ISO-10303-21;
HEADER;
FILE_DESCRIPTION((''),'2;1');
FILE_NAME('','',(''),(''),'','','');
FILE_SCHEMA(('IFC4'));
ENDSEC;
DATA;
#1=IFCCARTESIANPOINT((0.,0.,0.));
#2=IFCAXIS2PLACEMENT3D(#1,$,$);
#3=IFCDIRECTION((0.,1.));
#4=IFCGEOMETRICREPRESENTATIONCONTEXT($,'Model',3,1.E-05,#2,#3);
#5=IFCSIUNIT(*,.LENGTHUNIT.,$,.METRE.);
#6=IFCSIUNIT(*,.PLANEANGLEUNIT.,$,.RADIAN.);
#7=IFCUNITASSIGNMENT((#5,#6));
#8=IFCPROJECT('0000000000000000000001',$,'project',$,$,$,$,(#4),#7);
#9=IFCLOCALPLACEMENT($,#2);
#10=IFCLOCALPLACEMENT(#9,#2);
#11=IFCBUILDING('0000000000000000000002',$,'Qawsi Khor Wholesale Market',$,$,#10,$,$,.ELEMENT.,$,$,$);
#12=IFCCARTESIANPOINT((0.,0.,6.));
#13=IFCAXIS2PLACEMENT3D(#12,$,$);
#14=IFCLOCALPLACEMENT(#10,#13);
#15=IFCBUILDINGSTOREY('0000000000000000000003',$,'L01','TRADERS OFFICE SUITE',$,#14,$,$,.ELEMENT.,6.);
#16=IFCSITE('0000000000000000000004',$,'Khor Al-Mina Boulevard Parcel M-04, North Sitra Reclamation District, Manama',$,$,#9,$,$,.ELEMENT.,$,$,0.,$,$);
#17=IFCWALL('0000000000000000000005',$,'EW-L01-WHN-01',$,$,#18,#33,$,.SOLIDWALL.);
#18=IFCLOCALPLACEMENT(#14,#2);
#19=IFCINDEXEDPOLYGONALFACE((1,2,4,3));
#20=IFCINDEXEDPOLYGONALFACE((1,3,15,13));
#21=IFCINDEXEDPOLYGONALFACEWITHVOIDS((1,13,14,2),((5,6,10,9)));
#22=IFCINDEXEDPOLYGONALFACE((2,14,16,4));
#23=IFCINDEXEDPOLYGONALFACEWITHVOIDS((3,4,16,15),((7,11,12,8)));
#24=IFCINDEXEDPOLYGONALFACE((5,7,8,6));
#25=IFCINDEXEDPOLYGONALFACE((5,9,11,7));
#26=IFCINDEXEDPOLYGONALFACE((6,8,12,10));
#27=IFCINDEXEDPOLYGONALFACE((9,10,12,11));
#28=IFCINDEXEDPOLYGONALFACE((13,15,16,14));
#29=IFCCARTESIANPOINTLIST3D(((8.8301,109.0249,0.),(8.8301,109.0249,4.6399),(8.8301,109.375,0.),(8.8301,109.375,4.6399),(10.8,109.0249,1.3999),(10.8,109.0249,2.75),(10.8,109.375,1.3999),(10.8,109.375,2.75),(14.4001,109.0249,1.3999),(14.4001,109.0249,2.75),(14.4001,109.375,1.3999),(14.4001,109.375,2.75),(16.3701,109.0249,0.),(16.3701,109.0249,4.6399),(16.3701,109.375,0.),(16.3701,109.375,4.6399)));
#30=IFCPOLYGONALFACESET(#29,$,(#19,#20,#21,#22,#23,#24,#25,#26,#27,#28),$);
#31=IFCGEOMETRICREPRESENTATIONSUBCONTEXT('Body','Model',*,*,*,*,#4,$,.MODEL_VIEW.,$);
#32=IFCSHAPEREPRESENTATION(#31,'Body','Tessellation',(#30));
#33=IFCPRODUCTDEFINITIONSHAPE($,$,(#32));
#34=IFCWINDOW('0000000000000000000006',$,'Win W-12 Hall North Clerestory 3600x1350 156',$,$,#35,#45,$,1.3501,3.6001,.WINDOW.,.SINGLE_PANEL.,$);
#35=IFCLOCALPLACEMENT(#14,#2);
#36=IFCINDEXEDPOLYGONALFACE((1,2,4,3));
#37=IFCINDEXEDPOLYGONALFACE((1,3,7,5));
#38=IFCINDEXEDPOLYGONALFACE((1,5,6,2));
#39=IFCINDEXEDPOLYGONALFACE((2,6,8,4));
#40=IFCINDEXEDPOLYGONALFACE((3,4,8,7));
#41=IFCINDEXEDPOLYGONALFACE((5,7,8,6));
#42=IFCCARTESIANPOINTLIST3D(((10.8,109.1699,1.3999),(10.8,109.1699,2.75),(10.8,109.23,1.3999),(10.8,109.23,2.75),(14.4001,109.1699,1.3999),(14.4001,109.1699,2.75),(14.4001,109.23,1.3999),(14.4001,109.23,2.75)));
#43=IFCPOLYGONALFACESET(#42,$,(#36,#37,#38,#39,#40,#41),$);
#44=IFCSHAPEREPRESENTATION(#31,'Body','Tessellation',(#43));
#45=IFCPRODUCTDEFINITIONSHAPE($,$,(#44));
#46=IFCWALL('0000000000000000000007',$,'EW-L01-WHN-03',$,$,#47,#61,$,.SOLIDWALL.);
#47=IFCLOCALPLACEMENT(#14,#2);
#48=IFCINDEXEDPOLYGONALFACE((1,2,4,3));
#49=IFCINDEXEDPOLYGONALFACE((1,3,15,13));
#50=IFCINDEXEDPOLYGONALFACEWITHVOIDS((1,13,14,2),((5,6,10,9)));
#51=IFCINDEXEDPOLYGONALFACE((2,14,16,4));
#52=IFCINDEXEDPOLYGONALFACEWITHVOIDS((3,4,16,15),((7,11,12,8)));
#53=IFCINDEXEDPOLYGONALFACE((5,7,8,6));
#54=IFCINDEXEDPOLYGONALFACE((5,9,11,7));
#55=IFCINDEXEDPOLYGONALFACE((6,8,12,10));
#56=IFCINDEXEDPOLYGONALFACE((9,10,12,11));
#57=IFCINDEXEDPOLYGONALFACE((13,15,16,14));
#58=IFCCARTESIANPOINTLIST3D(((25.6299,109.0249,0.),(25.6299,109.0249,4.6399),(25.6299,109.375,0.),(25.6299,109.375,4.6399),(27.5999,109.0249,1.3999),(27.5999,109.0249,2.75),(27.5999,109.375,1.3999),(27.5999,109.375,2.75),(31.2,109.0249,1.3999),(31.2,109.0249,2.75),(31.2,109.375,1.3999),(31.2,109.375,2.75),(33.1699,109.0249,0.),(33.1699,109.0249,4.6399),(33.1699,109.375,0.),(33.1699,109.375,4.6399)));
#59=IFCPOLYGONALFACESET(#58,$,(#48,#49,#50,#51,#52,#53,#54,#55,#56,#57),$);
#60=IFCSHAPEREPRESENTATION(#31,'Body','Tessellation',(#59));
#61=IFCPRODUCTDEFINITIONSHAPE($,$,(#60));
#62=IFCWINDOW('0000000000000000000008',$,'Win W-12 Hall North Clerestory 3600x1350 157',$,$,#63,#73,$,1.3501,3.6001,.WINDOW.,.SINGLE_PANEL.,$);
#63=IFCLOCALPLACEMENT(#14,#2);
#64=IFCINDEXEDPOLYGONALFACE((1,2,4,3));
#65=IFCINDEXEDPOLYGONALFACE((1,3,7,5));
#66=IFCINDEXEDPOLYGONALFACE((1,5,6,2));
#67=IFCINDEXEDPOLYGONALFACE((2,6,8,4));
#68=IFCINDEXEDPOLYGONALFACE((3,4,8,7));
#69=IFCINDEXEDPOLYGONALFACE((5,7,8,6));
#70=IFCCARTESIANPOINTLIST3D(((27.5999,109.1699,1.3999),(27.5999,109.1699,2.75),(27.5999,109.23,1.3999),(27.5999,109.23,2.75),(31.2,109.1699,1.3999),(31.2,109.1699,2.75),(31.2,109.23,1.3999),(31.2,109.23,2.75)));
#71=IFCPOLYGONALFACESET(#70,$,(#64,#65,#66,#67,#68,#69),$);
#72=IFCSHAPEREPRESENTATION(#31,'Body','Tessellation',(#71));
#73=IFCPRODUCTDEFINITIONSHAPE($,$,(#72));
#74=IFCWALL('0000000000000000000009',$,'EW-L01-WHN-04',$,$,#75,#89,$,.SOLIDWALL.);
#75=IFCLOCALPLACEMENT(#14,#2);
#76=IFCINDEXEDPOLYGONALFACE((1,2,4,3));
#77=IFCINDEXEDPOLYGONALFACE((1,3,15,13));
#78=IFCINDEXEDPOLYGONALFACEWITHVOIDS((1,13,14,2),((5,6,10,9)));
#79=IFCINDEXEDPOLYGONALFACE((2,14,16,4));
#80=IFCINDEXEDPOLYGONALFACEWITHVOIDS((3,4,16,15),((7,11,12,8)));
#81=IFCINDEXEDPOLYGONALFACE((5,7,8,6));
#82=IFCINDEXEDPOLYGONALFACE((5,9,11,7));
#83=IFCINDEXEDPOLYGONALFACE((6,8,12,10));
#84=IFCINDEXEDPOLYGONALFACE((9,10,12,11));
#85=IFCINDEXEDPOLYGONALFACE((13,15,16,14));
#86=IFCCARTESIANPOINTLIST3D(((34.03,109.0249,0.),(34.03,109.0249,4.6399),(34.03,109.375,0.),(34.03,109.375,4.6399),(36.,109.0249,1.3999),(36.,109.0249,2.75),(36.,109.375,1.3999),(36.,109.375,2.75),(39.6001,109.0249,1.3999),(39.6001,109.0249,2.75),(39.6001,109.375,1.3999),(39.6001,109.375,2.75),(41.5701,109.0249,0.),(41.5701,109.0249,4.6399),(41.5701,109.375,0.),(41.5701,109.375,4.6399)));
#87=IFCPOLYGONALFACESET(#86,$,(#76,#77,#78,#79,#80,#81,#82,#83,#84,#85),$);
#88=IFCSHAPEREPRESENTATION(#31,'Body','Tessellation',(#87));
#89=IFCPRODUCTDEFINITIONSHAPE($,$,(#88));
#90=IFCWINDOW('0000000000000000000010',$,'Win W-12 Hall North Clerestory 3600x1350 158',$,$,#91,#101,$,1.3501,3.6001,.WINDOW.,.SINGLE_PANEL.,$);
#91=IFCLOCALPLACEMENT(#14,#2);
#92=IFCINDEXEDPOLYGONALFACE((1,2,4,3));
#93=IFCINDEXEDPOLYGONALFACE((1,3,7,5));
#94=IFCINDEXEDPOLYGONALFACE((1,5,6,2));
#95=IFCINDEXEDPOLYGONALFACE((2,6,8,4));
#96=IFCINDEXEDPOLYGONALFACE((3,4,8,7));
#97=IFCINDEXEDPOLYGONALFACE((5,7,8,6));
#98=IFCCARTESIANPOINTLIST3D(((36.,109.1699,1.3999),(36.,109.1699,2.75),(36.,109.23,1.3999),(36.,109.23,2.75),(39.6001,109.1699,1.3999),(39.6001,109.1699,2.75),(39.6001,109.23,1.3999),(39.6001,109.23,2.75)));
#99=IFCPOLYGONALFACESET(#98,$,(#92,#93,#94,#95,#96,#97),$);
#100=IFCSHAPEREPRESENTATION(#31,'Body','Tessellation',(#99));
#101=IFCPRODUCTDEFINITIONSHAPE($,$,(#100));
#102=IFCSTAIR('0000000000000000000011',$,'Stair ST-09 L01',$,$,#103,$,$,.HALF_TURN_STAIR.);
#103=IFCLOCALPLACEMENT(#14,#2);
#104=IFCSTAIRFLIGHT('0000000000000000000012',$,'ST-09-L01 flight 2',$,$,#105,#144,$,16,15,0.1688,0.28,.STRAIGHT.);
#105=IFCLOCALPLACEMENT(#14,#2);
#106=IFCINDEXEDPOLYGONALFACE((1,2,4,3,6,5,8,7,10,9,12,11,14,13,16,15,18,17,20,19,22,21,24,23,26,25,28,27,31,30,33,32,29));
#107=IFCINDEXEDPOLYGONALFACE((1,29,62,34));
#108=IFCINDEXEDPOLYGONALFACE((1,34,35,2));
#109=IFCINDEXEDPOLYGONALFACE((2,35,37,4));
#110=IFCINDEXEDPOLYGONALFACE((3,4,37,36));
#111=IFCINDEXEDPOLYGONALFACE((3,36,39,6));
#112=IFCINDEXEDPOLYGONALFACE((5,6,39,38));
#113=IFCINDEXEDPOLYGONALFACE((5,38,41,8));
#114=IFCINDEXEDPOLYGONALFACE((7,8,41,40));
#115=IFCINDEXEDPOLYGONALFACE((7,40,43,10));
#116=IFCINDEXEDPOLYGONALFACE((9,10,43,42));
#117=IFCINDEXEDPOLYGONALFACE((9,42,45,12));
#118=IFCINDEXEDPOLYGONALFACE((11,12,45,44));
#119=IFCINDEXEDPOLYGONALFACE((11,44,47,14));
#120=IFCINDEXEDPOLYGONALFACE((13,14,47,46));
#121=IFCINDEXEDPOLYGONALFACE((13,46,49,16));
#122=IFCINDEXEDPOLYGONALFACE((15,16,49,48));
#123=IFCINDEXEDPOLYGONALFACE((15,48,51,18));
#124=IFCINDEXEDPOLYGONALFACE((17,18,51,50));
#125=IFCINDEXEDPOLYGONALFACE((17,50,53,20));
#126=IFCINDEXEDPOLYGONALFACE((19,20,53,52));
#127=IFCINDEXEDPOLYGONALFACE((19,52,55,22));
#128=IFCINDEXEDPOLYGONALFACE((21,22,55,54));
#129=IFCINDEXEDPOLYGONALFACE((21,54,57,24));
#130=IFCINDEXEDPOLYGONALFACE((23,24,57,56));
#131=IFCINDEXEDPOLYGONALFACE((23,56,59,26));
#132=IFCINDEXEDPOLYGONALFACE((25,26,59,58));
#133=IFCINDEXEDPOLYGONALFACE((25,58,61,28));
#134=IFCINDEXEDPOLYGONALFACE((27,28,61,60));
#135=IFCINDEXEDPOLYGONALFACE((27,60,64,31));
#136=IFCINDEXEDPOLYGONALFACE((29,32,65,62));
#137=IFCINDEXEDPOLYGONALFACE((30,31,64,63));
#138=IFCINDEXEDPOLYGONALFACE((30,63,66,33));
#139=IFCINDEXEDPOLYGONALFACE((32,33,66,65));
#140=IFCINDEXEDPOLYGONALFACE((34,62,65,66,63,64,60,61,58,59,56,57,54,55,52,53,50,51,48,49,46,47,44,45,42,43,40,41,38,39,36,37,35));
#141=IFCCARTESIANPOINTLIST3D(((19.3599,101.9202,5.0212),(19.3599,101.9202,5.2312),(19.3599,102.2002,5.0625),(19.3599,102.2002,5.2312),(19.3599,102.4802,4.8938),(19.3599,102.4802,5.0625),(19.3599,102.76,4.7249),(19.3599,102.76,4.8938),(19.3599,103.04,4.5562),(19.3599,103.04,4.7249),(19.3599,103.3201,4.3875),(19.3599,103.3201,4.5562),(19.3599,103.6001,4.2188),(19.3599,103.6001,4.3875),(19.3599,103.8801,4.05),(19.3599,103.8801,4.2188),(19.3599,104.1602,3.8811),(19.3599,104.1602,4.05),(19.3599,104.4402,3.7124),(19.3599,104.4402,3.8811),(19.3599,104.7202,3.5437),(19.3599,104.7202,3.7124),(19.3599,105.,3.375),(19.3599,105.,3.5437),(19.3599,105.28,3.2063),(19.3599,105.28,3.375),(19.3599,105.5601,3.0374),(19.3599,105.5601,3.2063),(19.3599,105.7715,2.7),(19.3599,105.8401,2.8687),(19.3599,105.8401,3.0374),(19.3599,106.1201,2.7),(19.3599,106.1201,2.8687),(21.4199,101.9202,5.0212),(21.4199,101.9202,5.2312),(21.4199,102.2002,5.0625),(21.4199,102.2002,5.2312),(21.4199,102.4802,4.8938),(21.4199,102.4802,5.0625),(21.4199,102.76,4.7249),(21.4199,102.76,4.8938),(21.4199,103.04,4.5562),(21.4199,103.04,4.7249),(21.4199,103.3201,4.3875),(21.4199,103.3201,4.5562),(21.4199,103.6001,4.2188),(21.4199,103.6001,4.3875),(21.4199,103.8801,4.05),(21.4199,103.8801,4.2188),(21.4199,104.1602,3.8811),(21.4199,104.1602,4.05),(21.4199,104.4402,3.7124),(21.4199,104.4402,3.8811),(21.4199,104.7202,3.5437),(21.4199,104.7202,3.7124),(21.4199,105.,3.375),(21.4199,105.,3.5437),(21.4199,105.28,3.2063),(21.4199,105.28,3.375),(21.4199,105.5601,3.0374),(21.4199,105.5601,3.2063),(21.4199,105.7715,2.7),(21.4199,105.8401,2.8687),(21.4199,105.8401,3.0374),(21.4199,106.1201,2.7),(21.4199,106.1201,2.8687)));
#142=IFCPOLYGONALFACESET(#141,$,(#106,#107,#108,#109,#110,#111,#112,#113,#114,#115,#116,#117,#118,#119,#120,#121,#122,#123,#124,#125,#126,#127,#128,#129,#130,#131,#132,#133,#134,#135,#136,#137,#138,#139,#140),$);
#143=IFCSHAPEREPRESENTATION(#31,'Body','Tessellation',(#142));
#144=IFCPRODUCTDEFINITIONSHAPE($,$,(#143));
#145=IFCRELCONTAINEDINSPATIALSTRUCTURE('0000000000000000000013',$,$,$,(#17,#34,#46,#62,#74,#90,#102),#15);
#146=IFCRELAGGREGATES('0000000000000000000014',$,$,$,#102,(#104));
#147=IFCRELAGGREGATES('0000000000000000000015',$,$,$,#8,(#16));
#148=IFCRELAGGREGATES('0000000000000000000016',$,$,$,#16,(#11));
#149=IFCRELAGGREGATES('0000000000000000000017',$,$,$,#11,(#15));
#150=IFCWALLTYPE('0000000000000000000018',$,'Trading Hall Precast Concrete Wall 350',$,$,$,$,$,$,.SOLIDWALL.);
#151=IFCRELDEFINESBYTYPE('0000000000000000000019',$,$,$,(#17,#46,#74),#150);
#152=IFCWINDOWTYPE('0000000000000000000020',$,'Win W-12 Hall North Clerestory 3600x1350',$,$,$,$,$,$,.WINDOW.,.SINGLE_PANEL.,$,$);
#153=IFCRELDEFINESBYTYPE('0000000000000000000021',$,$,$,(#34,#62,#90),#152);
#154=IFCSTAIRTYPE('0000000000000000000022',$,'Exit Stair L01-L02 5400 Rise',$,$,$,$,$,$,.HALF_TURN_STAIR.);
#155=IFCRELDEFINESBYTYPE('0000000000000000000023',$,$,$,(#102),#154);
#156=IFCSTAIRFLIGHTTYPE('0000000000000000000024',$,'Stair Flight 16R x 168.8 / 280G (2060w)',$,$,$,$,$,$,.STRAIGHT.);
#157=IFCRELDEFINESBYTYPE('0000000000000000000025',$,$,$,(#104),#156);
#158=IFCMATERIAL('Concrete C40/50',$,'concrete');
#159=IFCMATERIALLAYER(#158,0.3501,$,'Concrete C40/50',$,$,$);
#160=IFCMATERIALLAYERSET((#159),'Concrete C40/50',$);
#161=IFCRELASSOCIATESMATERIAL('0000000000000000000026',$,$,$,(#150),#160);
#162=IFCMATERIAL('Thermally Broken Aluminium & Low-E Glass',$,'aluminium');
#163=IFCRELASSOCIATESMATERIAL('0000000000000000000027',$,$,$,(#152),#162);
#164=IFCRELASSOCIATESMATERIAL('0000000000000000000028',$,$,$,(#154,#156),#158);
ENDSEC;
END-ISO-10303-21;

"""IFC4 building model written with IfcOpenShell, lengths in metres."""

from ifc_helpers import new_model, si_unit, direction, frame, frame_2d, origin, place, context, subcontext, project, spatial, polyline, rectangle, outline, extrude, material, layer, layer_set, type_object, element, fill, aggregate, save


model = new_model("IFC4")

# Units and contexts
model_context = context("Model", 3, precision=1e-05, world=origin(), true_north=direction((0.0, 1.0)))
body_context = subcontext(model_context, "Body", "Model", "MODEL_VIEW")
ifc_project = project(units=[si_unit("LENGTHUNIT", "METRE"), si_unit("PLANEANGLEUNIT", "RADIAN")], contexts=[model_context])

# Site, building, storey
site_placement = place(None, origin())
site = spatial("IfcSite", under=ifc_project, at=site_placement, Name="Khor Al-Mina Boulevard Parcel M-04, North Sitra Reclamation District, Manama", CompositionType="ELEMENT", RefElevation=0.0)
building_placement = place(site_placement, origin())
building = spatial("IfcBuilding", under=site, at=building_placement, Name="Qawsi Khor Wholesale Market", CompositionType="ELEMENT")
storey_placement = place(building_placement, frame((0.0, 0.0, 6.0)))
storey = spatial("IfcBuildingStorey", under=building, at=storey_placement, Name="L01", Description="TRADERS OFFICE SUITE", CompositionType="ELEMENT", Elevation=6.0)

# Shared definitions
ifc_material_1 = material(Name="Concrete C40/50", Category="concrete")

# Walls, openings, windows
ifc_layer_1 = layer(ifc_material_1, 0.3501, Name="Concrete C40/50")
ifc_layer_set_1 = layer_set([ifc_layer_1], Name="Concrete C40/50")
wall_type_1 = type_object("IfcWallType", Name="Trading Hall Precast Concrete Wall 350", PredefinedType="SOLIDWALL", material=ifc_layer_set_1)
wall_1_placement = place(storey_placement, frame((8.8301, 109.2, 0.0), z_axis=(0.0, 0.0, 1.0), x_axis=(1.0, 0.0, 0.0)))
wall_1 = element("IfcWall", 1, at=wall_1_placement, inside=storey, type_object=wall_type_1, Name="EW-L01-WHN-01", PredefinedType="SOLIDWALL", context=body_context, shape_type="SweptSolid", body=[
    extrude(rectangle(XDim=7.54, YDim=0.3501, at=frame_2d((3.77, 0.0))), origin(), (0.0, 0.0, 1.0), 4.6399),
])
opening_1_placement = place(wall_1_placement, frame((1.97, 0.0, 1.3999)))
opening_1 = element("IfcOpeningElement", 2, at=opening_1_placement, cuts=wall_1, PredefinedType="OPENING", context=body_context, shape_type="SweptSolid", body=[
    extrude(rectangle(XDim=3.6001, YDim=1.3501, at=frame_2d((1.8, 0.675))), frame((0.0, 0.1851, 0.0), z_axis=(0.0, -1.0, 0.0), x_axis=(1.0, 0.0, 0.0)), (0.0, 0.0, 1.0), 0.3701),
])
ifc_material_2 = material(Name="Thermally Broken Aluminium & Low-E Glass", Category="aluminium")
window_type = type_object("IfcWindowType", Name="Win W-12 Hall North Clerestory 3600x1350", PartitioningType="SINGLE_PANEL", PredefinedType="WINDOW", material=ifc_material_2)
window_1_placement = place(opening_1_placement, origin())
window_1 = element("IfcWindow", 3, at=window_1_placement, inside=storey, type_object=window_type, Name="Win W-12 Hall North Clerestory 3600x1350 156", OverallHeight=1.3501, OverallWidth=3.6001, PartitioningType="SINGLE_PANEL", PredefinedType="WINDOW", context=body_context, shape_type="SweptSolid", body=[
    extrude(rectangle(XDim=3.6001, YDim=1.3501, at=frame_2d((1.8, 0.675))), frame((0.0, 0.03, 0.0), z_axis=(0.0, -1.0, 0.0), x_axis=(1.0, 0.0, 0.0)), (0.0, 0.0, 1.0), 0.0601),
])
fill(opening_1, window_1)
wall_2_placement = place(storey_placement, frame((25.6299, 109.2, 0.0), z_axis=(0.0, 0.0, 1.0), x_axis=(1.0, 0.0, 0.0)))
wall_2 = element("IfcWall", 4, at=wall_2_placement, inside=storey, type_object=wall_type_1, Name="EW-L01-WHN-03", PredefinedType="SOLIDWALL", context=body_context, shape_type="SweptSolid", body=[
    extrude(rectangle(XDim=7.54, YDim=0.3501, at=frame_2d((3.77, 0.0))), origin(), (0.0, 0.0, 1.0), 4.6399),
])
opening_2_placement = place(wall_2_placement, frame((1.97, 0.0, 1.3999)))
opening_2 = element("IfcOpeningElement", 5, at=opening_2_placement, cuts=wall_2, PredefinedType="OPENING", context=body_context, shape_type="SweptSolid", body=[
    extrude(rectangle(XDim=3.6001, YDim=1.3501, at=frame_2d((1.8, 0.675))), frame((0.0, 0.1851, 0.0), z_axis=(0.0, -1.0, 0.0), x_axis=(1.0, 0.0, 0.0)), (0.0, 0.0, 1.0), 0.3701),
])
window_2_placement = place(opening_2_placement, origin())
window_2 = element("IfcWindow", 6, at=window_2_placement, inside=storey, type_object=window_type, Name="Win W-12 Hall North Clerestory 3600x1350 157", OverallHeight=1.3501, OverallWidth=3.6001, PartitioningType="SINGLE_PANEL", PredefinedType="WINDOW", context=body_context, shape_type="SweptSolid", body=[
    extrude(rectangle(XDim=3.6001, YDim=1.3501, at=frame_2d((1.8, 0.675))), frame((0.0, 0.03, 0.0), z_axis=(0.0, -1.0, 0.0), x_axis=(1.0, 0.0, 0.0)), (0.0, 0.0, 1.0), 0.0601),
])
fill(opening_2, window_2)
wall_3_placement = place(storey_placement, frame((34.03, 109.2, 0.0), z_axis=(0.0, 0.0, 1.0), x_axis=(1.0, 0.0, 0.0)))
wall_3 = element("IfcWall", 7, at=wall_3_placement, inside=storey, type_object=wall_type_1, Name="EW-L01-WHN-04", PredefinedType="SOLIDWALL", context=body_context, shape_type="SweptSolid", body=[
    extrude(rectangle(XDim=7.54, YDim=0.3501, at=frame_2d((3.77, 0.0))), origin(), (0.0, 0.0, 1.0), 4.6399),
])
opening_3_placement = place(wall_3_placement, frame((1.97, 0.0, 1.3999)))
opening_3 = element("IfcOpeningElement", 8, at=opening_3_placement, cuts=wall_3, PredefinedType="OPENING", context=body_context, shape_type="SweptSolid", body=[
    extrude(rectangle(XDim=3.6001, YDim=1.3501, at=frame_2d((1.8, 0.675))), frame((0.0, 0.1851, 0.0), z_axis=(0.0, -1.0, 0.0), x_axis=(1.0, 0.0, 0.0)), (0.0, 0.0, 1.0), 0.3701),
])
window_3_placement = place(opening_3_placement, origin())
window_3 = element("IfcWindow", 9, at=window_3_placement, inside=storey, type_object=window_type, Name="Win W-12 Hall North Clerestory 3600x1350 158", OverallHeight=1.3501, OverallWidth=3.6001, PartitioningType="SINGLE_PANEL", PredefinedType="WINDOW", context=body_context, shape_type="SweptSolid", body=[
    extrude(rectangle(XDim=3.6001, YDim=1.3501, at=frame_2d((1.8, 0.675))), frame((0.0, 0.03, 0.0), z_axis=(0.0, -1.0, 0.0), x_axis=(1.0, 0.0, 0.0)), (0.0, 0.0, 1.0), 0.0601),
])
fill(opening_3, window_3)

# Stair, stair flight
stair_type = type_object("IfcStairType", Name="Exit Stair L01-L02 5400 Rise", PredefinedType="HALF_TURN_STAIR", material=ifc_material_1)
stair_placement = place(storey_placement, origin())
stair = element("IfcStair", 10, at=stair_placement, inside=storey, type_object=stair_type, Name="Stair ST-09 L01", PredefinedType="HALF_TURN_STAIR")
stair_flight_type = type_object("IfcStairFlightType", Name="Stair Flight 16R x 168.8 / 280G (2060w)", PredefinedType="STRAIGHT", material=ifc_material_1)
stair_flight_placement = place(storey_placement, frame((20.3899, 106.1201, 2.7), z_axis=(0.0, 0.0, 1.0), x_axis=(0.0, -1.0, 0.0)))
stair_flight = element("IfcStairFlight", 11, at=stair_flight_placement, type_object=stair_flight_type, Name="ST-09-L01 flight 2", NumberOfRisers=16, NumberOfTreads=15, PredefinedType="STRAIGHT", RiserHeight=0.1688, TreadLength=0.28, context=body_context, shape_type="SweptSolid", body=[
    extrude(outline(polyline([(0.0, 0.0), (0.0, 0.1687), (0.28, 0.1687), (0.28, 0.3374), (0.5601, 0.3374), (0.5601, 0.5063), (0.8401, 0.5063), (0.8401, 0.675), (1.1201, 0.675), (1.1201, 0.8438), (1.3999, 0.8438), (1.3999, 1.0125), (1.6799, 1.0125), (1.6799, 1.1812), (1.96, 1.1812), (1.96, 1.3501), (2.24, 1.3501), (2.24, 1.5188), (2.52, 1.5188), (2.52, 1.6875), (2.8, 1.6875), (2.8, 1.8562), (3.0801, 1.8562), (3.0801, 2.0249), (3.3601, 2.0249), (3.3601, 2.1938), (3.6399, 2.1938), (3.6399, 2.3625), (3.9199, 2.3625), (3.9199, 2.5312), (4.2, 2.5312), (4.2, 2.7), (4.2, 2.3213), (0.3486, 0.0), (0.0, 0.0)])), frame((0.0, 1.03, 0.0), z_axis=(0.0, -1.0, 0.0), x_axis=(1.0, 0.0, 0.0)), (0.0, 0.0, 1.0), 2.0601),
])
aggregate(stair, [stair_flight])

save(model, "model.ifc")
